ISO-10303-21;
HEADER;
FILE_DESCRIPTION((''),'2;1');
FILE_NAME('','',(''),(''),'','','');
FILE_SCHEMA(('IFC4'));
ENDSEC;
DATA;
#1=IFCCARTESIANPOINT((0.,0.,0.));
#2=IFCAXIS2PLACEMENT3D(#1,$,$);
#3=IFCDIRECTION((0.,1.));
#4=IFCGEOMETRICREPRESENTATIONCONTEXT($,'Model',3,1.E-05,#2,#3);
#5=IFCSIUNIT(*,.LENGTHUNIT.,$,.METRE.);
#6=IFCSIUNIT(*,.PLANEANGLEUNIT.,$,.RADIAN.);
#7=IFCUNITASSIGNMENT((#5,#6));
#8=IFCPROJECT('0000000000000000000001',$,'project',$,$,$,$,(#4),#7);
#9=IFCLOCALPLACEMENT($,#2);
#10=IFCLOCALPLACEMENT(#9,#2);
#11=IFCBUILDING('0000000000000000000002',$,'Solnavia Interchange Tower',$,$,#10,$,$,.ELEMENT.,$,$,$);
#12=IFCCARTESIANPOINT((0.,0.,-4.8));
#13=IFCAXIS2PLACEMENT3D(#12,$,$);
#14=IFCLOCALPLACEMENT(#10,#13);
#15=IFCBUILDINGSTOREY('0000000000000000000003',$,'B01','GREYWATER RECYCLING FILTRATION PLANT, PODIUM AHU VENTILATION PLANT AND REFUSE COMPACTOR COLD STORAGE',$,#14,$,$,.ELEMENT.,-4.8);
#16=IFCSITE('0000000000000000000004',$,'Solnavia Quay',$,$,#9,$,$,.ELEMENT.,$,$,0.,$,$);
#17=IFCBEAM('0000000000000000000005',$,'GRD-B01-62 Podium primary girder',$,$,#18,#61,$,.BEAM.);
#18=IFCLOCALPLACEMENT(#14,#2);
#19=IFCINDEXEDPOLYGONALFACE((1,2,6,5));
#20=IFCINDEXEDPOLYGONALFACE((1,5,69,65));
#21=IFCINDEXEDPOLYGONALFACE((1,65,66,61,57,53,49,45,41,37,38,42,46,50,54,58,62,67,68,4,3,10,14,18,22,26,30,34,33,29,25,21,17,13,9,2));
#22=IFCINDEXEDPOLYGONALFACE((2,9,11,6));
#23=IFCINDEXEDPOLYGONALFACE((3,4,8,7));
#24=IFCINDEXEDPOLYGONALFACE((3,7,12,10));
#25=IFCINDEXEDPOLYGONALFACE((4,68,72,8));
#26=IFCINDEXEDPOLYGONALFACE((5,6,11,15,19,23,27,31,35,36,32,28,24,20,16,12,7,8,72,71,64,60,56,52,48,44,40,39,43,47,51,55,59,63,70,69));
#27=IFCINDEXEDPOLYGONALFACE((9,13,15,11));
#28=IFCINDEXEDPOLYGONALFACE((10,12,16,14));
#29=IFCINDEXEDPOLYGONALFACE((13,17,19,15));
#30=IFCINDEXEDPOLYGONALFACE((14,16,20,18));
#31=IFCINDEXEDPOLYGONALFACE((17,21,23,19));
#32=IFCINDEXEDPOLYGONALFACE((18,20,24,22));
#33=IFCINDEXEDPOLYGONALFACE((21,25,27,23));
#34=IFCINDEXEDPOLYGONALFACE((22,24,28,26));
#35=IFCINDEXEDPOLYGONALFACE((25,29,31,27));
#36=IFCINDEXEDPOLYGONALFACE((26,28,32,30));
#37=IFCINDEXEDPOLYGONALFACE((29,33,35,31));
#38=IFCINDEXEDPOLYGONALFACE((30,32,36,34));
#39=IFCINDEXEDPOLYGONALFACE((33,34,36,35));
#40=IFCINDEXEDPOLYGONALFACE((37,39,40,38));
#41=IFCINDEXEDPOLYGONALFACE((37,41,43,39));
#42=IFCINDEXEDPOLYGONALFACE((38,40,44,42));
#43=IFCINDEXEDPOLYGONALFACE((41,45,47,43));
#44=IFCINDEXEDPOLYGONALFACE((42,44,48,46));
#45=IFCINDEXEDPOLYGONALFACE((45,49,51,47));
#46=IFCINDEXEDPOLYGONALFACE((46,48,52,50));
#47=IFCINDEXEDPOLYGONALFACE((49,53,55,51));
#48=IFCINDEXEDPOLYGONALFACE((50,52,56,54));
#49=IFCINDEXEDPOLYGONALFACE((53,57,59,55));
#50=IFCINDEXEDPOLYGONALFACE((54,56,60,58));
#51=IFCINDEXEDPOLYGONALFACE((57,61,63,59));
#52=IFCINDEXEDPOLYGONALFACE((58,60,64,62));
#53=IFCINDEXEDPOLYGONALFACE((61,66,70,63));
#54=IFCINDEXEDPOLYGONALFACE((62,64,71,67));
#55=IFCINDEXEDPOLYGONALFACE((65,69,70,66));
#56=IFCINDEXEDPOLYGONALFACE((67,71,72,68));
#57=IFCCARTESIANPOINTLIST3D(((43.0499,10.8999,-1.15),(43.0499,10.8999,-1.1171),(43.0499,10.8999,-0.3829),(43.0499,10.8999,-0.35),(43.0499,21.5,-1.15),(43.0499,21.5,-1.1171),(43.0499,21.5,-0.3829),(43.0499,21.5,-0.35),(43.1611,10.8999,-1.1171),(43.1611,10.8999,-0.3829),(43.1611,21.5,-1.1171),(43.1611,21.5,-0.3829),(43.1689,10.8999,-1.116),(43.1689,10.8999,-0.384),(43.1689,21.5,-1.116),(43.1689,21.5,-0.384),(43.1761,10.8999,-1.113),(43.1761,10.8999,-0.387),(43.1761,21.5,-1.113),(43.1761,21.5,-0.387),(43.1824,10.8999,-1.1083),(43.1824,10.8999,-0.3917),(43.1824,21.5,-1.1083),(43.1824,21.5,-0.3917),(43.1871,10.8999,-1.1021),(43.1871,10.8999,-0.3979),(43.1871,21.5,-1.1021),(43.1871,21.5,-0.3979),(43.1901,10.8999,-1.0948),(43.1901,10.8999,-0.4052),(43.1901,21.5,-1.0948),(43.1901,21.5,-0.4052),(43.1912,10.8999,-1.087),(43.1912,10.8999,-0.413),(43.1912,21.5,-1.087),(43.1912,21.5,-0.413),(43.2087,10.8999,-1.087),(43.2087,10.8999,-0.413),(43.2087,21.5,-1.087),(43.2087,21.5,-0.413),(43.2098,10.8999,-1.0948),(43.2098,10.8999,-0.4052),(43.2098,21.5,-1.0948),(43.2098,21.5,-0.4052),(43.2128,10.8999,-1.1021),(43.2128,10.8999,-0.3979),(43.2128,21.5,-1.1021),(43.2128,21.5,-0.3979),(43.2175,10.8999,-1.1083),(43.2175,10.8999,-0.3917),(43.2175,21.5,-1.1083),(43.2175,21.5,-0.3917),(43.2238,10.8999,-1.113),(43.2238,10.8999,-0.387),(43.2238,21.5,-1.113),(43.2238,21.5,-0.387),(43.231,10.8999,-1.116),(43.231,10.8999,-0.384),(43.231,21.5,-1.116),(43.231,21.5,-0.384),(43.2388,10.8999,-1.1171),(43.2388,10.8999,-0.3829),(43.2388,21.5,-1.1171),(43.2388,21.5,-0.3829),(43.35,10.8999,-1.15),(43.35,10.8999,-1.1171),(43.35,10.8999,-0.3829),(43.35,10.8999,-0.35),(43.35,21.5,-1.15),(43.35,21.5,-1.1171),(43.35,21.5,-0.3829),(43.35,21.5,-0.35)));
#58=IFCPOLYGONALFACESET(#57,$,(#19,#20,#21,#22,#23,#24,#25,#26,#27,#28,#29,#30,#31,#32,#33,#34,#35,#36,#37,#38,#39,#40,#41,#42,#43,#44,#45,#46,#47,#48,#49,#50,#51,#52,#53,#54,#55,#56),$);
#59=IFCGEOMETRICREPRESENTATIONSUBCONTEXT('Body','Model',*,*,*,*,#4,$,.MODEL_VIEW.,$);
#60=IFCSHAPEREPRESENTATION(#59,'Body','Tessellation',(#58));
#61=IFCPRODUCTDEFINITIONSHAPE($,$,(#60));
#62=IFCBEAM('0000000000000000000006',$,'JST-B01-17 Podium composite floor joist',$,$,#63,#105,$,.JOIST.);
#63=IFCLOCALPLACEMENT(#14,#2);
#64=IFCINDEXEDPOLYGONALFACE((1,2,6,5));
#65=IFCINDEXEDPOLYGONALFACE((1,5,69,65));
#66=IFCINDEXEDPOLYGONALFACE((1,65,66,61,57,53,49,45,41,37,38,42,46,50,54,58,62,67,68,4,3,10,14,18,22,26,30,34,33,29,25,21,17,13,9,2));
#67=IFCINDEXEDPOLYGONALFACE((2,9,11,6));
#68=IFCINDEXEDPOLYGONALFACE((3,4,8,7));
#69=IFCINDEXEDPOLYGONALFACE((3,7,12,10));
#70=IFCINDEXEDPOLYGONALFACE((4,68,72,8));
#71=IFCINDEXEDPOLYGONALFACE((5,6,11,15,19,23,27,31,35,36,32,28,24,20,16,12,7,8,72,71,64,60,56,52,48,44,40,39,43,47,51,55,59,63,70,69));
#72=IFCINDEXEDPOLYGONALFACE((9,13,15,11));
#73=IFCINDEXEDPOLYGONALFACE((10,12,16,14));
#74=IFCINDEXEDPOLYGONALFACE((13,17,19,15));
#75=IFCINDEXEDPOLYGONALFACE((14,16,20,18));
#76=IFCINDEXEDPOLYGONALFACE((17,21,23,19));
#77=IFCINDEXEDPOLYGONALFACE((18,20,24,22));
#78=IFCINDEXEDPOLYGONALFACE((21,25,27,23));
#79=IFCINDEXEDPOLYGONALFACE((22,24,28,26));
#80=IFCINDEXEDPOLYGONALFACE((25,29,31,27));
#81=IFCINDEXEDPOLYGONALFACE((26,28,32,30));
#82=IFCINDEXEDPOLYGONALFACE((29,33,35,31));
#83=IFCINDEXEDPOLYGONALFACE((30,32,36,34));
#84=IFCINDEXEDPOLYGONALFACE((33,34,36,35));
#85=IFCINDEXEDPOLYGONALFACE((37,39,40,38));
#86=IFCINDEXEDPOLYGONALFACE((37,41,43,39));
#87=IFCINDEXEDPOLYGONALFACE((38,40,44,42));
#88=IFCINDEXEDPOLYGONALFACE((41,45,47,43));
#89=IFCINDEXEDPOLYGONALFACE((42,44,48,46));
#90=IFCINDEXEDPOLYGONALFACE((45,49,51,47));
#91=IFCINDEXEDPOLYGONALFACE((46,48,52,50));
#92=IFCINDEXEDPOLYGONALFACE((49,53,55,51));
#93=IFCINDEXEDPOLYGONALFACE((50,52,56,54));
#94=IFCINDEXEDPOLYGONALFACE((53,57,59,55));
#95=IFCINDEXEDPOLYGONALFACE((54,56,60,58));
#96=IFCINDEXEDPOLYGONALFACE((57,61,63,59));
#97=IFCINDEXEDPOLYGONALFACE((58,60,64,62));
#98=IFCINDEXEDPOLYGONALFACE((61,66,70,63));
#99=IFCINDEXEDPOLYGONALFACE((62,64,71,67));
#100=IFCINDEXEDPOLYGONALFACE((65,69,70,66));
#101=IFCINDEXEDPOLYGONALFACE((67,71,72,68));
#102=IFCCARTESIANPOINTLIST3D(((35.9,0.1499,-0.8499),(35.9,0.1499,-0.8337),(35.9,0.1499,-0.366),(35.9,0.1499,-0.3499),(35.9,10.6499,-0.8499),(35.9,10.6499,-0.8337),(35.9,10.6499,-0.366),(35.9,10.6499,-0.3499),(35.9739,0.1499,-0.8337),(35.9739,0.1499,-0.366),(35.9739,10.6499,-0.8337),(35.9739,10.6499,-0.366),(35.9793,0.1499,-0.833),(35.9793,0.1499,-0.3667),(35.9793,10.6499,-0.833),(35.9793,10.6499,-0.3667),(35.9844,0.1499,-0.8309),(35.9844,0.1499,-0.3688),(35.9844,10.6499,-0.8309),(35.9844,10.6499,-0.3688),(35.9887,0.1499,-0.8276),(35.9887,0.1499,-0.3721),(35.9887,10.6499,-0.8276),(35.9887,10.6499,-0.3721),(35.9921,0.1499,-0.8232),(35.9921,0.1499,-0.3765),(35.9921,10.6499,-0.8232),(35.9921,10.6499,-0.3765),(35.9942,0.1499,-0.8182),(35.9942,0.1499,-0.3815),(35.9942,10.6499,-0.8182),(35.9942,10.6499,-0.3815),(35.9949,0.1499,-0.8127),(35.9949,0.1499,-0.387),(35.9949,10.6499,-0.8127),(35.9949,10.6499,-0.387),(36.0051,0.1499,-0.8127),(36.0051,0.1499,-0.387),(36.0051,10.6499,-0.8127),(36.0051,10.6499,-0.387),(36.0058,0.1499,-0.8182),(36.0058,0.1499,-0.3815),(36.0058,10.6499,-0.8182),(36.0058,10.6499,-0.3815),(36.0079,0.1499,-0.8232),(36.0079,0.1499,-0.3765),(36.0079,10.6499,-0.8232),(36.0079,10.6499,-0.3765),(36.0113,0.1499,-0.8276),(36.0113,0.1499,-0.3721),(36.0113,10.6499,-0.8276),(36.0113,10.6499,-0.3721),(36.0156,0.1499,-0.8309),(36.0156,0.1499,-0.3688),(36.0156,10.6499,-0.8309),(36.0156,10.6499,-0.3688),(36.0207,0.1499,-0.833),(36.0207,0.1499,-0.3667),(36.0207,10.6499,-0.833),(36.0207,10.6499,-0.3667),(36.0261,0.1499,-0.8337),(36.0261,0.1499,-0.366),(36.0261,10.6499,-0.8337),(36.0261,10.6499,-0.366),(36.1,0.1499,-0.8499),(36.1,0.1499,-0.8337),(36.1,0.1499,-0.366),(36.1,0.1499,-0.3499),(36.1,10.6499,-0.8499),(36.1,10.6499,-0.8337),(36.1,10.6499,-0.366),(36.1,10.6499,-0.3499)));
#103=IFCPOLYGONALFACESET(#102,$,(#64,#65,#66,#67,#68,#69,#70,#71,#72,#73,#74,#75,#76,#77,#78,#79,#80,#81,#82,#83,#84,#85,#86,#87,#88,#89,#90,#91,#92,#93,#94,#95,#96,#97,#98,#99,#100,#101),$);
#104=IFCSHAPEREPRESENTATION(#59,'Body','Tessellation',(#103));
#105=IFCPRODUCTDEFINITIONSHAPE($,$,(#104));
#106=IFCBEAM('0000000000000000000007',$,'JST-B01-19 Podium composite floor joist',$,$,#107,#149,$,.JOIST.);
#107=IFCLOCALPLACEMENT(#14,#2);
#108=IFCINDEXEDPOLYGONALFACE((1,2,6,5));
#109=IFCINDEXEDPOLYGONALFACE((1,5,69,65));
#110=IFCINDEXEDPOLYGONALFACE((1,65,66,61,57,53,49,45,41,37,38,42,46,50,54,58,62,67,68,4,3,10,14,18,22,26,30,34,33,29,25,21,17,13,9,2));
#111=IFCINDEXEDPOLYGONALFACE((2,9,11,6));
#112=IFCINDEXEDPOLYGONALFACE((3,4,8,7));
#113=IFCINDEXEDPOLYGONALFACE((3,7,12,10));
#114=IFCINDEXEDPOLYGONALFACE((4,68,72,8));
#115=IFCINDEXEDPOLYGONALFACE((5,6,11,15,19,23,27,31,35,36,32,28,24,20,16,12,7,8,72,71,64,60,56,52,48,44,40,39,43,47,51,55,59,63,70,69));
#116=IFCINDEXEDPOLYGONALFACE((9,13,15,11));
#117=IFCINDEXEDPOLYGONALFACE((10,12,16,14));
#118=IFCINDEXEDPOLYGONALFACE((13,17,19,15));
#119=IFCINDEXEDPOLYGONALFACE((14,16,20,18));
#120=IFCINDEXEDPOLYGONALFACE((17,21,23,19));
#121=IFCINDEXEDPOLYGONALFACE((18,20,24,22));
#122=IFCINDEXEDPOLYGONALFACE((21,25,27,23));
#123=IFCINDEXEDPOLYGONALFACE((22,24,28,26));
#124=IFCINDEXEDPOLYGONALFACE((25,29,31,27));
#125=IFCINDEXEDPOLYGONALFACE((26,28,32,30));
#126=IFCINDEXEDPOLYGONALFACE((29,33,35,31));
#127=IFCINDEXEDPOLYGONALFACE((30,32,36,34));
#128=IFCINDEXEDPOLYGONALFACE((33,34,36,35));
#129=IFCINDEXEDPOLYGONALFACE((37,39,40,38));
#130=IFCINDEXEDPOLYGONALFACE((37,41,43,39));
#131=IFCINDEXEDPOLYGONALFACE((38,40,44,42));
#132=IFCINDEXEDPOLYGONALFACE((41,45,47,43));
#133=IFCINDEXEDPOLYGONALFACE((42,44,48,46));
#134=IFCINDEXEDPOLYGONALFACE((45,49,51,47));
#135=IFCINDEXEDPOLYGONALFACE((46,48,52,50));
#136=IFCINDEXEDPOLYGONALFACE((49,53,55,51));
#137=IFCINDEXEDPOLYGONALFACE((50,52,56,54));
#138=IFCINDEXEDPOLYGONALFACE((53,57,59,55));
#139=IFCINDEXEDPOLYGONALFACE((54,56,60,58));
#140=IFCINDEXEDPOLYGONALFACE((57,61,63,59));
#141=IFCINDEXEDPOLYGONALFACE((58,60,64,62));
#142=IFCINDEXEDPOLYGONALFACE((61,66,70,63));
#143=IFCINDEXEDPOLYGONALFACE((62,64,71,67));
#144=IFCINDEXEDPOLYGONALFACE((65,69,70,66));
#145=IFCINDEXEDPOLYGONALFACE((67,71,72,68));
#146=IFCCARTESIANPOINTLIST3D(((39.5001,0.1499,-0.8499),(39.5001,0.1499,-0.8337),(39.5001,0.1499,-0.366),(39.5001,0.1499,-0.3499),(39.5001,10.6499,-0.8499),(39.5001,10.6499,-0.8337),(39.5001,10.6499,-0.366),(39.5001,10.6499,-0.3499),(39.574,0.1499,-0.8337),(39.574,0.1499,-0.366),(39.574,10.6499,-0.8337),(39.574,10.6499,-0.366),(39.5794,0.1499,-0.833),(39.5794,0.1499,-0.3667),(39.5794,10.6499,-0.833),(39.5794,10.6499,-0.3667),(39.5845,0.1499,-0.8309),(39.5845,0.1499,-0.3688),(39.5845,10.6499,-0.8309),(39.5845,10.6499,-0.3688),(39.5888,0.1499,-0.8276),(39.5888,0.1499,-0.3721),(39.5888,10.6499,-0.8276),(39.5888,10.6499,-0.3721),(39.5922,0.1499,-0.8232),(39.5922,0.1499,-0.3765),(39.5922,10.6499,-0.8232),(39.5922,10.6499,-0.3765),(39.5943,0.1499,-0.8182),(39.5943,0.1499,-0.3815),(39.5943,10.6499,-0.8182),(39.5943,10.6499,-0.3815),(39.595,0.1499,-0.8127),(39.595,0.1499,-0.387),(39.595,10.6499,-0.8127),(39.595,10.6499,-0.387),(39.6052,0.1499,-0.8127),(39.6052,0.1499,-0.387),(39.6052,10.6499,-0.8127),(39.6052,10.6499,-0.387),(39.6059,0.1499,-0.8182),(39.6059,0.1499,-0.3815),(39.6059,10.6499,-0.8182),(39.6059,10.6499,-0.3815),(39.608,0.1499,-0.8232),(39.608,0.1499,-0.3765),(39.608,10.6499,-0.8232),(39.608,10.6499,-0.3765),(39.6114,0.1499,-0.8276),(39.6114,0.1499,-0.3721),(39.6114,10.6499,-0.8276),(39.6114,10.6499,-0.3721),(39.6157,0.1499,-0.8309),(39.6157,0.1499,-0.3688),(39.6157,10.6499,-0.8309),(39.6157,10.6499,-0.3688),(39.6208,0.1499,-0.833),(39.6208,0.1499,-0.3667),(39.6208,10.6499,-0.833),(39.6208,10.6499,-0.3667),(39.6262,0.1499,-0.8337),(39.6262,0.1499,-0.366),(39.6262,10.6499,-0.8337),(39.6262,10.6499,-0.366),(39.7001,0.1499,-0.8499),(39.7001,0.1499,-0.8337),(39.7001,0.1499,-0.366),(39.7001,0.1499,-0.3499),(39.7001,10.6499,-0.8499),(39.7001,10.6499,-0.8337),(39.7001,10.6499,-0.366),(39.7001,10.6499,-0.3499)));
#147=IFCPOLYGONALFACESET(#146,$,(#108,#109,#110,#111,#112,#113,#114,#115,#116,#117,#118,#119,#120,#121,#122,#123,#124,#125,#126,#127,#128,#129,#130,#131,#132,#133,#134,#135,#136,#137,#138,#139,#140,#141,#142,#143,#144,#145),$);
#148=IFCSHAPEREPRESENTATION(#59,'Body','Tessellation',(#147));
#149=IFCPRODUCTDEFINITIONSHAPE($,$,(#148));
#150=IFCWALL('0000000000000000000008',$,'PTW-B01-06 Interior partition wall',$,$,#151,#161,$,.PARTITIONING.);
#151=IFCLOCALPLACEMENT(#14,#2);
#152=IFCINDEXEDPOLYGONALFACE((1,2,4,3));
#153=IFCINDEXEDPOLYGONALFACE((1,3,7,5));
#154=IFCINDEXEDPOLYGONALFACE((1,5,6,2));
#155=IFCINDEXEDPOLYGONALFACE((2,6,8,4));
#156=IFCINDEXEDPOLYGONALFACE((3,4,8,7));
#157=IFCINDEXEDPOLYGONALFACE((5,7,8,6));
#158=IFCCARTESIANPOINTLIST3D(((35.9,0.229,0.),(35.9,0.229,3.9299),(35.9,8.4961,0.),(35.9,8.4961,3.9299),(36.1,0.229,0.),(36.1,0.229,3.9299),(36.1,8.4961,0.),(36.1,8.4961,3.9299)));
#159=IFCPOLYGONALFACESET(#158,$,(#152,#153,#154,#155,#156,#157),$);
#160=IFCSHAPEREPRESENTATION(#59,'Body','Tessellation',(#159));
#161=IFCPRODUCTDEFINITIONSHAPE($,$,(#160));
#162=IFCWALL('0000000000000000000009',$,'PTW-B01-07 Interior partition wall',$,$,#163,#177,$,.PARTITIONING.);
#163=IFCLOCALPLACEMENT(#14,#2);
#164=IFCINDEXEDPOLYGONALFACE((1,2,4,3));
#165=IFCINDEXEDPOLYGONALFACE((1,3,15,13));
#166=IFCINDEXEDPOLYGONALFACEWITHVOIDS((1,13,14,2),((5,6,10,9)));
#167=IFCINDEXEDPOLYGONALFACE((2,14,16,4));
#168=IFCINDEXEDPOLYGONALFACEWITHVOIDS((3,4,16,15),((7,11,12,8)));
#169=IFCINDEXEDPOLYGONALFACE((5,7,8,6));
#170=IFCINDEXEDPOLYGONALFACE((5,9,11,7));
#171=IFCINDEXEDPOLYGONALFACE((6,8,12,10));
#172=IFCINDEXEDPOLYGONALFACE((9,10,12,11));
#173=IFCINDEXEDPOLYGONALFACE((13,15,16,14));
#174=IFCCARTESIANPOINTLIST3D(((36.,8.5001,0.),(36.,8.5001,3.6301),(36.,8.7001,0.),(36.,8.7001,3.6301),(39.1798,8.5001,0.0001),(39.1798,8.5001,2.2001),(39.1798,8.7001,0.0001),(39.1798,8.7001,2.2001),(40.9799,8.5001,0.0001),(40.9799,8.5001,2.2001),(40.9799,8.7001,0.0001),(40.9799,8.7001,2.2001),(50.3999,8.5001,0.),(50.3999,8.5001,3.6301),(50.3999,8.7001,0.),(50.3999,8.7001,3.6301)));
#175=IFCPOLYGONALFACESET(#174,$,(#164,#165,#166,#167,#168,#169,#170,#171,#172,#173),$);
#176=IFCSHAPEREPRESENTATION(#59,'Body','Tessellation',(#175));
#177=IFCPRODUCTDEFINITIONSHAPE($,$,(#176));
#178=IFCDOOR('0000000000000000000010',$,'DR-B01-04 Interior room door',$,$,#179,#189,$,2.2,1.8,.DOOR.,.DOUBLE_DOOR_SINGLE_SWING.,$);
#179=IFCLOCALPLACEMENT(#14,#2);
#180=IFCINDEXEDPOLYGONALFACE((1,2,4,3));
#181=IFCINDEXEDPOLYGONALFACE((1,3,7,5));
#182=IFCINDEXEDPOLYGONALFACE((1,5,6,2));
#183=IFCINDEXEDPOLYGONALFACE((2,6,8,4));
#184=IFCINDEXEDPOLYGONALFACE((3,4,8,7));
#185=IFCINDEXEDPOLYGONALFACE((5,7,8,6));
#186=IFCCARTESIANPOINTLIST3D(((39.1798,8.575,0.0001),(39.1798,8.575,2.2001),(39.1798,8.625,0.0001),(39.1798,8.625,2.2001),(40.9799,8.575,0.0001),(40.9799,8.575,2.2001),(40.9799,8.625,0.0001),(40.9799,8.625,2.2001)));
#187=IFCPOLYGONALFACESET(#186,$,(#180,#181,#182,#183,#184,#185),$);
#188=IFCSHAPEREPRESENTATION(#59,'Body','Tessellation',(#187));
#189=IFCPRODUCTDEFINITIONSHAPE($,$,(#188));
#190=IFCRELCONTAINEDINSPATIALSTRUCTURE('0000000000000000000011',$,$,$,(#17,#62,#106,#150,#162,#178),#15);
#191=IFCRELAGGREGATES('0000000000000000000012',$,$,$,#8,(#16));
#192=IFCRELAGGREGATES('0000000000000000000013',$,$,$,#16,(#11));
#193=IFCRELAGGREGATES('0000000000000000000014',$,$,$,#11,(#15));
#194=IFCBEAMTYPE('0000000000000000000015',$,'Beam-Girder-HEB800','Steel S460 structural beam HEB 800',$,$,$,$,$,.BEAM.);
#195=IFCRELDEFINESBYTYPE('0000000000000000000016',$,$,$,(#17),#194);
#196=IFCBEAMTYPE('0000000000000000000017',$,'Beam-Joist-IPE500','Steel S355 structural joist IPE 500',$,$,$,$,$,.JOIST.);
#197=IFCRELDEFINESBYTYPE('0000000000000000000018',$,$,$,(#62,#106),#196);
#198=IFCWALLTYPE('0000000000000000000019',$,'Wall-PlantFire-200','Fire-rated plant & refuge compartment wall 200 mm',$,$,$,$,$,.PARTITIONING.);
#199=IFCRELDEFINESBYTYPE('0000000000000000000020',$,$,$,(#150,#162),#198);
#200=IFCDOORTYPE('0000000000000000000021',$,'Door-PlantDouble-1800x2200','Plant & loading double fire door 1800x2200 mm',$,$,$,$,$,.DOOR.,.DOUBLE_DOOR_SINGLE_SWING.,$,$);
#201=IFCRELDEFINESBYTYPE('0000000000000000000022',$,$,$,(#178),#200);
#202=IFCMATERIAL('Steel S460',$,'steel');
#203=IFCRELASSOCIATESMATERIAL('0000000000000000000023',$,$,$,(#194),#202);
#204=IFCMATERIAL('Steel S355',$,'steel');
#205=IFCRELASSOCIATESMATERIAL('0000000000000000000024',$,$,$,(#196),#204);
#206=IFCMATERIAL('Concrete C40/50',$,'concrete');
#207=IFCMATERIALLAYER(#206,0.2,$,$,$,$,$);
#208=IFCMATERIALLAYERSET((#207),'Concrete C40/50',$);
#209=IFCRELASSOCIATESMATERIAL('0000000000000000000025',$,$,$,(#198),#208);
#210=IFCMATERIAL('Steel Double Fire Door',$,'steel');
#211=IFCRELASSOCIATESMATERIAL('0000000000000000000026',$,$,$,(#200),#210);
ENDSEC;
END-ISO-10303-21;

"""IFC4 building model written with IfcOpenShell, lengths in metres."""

from ifc_helpers import new_model, si_unit, direction, frame, frame_2d, origin, origin_2d, place, context, subcontext, project, spatial, rectangle, i_section, extrude, material, layer, layer_set, material_profile, profile_set, type_object, element, fill, save


model = new_model("IFC4")

# Units and contexts
model_context = context("Model", 3, precision=1e-05, world=origin(), true_north=direction((0.0, 1.0)))
body_context = subcontext(model_context, "Body", "Model", "MODEL_VIEW")
ifc_project = project(units=[si_unit("LENGTHUNIT", "METRE"), si_unit("PLANEANGLEUNIT", "RADIAN")], contexts=[model_context])

# Site, building, storey
site_placement = place(None, origin())
site = spatial("IfcSite", under=ifc_project, at=site_placement, Name="Solnavia Quay", CompositionType="ELEMENT", RefElevation=0.0)
building_placement = place(site_placement, origin())
building = spatial("IfcBuilding", under=site, at=building_placement, Name="Solnavia Interchange Tower", CompositionType="ELEMENT")
storey_placement = place(building_placement, frame((0.0, 0.0, -4.8)))
storey = spatial("IfcBuildingStorey", under=building, at=storey_placement, Name="B01", Description="GREYWATER RECYCLING FILTRATION PLANT, PODIUM AHU VENTILATION PLANT AND REFUSE COMPACTOR COLD STORAGE", CompositionType="ELEMENT", Elevation=-4.8)

# Beams
ifc_material_1 = material(Name="Steel S460", Category="steel")
ifc_material_profile_1 = material_profile(ifc_material_1, i_section(OverallWidth=0.3, OverallDepth=0.8, WebThickness=0.0176, FlangeThickness=0.033, FilletRadius=0.03, at=origin_2d()), Name="HEB 800")
ifc_profile_set_1 = profile_set([ifc_material_profile_1], Name="Steel S460")
beam_type_1 = type_object("IfcBeamType", Name="Beam-Girder-HEB800", Description="Steel S460 structural beam HEB 800", PredefinedType="BEAM", material=ifc_profile_set_1)
beam_1_placement = place(storey_placement, frame((43.2, 10.8999, -0.75), z_axis=(0.0, 1.0, 0.0), x_axis=(-1.0, 0.0, 0.0)))
element("IfcBeam", 1, at=beam_1_placement, inside=storey, type_object=beam_type_1, Name="GRD-B01-62 Podium primary girder", PredefinedType="BEAM", context=body_context, shape_type="SweptSolid", body=[
    extrude(i_section(OverallWidth=0.3, OverallDepth=0.8, WebThickness=0.0176, FlangeThickness=0.033, FilletRadius=0.03, at=origin_2d()), origin(), (0.0, 0.0, 1.0), 10.6001),
])
ifc_material_2 = material(Name="Steel S355", Category="steel")
ifc_material_profile_2 = material_profile(ifc_material_2, i_section(OverallWidth=0.2, OverallDepth=0.5, WebThickness=0.0103, FlangeThickness=0.0161, FilletRadius=0.021, at=origin_2d()), Name="IPE 500")
ifc_profile_set_2 = profile_set([ifc_material_profile_2], Name="Steel S355")
beam_type_2 = type_object("IfcBeamType", Name="Beam-Joist-IPE500", Description="Steel S355 structural joist IPE 500", PredefinedType="JOIST", material=ifc_profile_set_2)
for number, where, z_axis, x_axis, name in (
    (2, (36.0, 0.1499, -0.5999), (0.0, 1.0, 0.0), (-1.0, 0.0, 0.0), "JST-B01-17 Podium composite floor joist"),
    (3, (39.6001, 0.1499, -0.5999), (0.0, 1.0, 0.0), (-1.0, 0.0, 0.0), "JST-B01-19 Podium composite floor joist"),
):
    element("IfcBeam", number, at=place(storey_placement, frame(where, z_axis=z_axis, x_axis=x_axis)), inside=storey, type_object=beam_type_2, Name=name, PredefinedType="JOIST", context=body_context, shape_type="SweptSolid", body=[
        extrude(i_section(OverallWidth=0.2, OverallDepth=0.5, WebThickness=0.0103, FlangeThickness=0.0161, FilletRadius=0.021, at=origin_2d()), origin(), (0.0, 0.0, 1.0), 10.5),
    ])

# Wall
ifc_material_3 = material(Name="Concrete C40/50", Category="concrete")
ifc_layer_1 = layer(ifc_material_3, 0.2)
ifc_layer_set_1 = layer_set([ifc_layer_1], Name="Concrete C40/50")
wall_type_1 = type_object("IfcWallType", Name="Wall-PlantFire-200", Description="Fire-rated plant & refuge compartment wall 200 mm", PredefinedType="PARTITIONING", material=ifc_layer_set_1)
wall_1_placement = place(storey_placement, frame((36.0, 0.229, 0.0), z_axis=(0.0, 0.0, 1.0), x_axis=(0.0, 1.0, 0.0)))
element("IfcWall", 4, at=wall_1_placement, inside=storey, type_object=wall_type_1, Name="PTW-B01-06 Interior partition wall", PredefinedType="PARTITIONING", context=body_context, shape_type="SweptSolid", body=[
    extrude(rectangle(XDim=8.2671, YDim=0.2, at=frame_2d((4.1335, 0.0))), origin(), (0.0, 0.0, 1.0), 3.9299),
])

# Wall, opening, door
wall_2_placement = place(storey_placement, frame((36.0, 8.6001, 0.0), z_axis=(0.0, 0.0, 1.0), x_axis=(1.0, 0.0, 0.0)))
wall_2 = element("IfcWall", 5, at=wall_2_placement, inside=storey, type_object=wall_type_1, Name="PTW-B01-07 Interior partition wall", PredefinedType="PARTITIONING", context=body_context, shape_type="SweptSolid", body=[
    extrude(rectangle(XDim=14.3999, YDim=0.2, at=frame_2d((7.2, 0.0))), origin(), (0.0, 0.0, 1.0), 3.6301),
])
opening_1_placement = place(wall_2_placement, frame((3.1799, 0.0, 0.0)))
opening_1 = element("IfcOpeningElement", 6, at=opening_1_placement, cuts=wall_2, PredefinedType="OPENING", context=body_context, shape_type="SweptSolid", body=[
    extrude(rectangle(XDim=1.8, YDim=2.2, at=frame_2d((0.8999, 1.1001))), frame((0.0, 0.1099, 0.0), z_axis=(0.0, -1.0, 0.0), x_axis=(1.0, 0.0, 0.0)), (0.0, 0.0, 1.0), 0.22),
])
ifc_material_4 = material(Name="Steel Double Fire Door", Category="steel")
door_type_1 = type_object("IfcDoorType", Name="Door-PlantDouble-1800x2200", Description="Plant & loading double fire door 1800x2200 mm", OperationType="DOUBLE_DOOR_SINGLE_SWING", PredefinedType="DOOR", material=ifc_material_4)
door_1_placement = place(opening_1_placement, origin())
door_1 = element("IfcDoor", 7, at=door_1_placement, inside=storey, type_object=door_type_1, Name="DR-B01-04 Interior room door", OperationType="DOUBLE_DOOR_SINGLE_SWING", OverallHeight=2.2, OverallWidth=1.8, PredefinedType="DOOR", context=body_context, shape_type="SweptSolid", body=[
    extrude(rectangle(XDim=1.8, YDim=2.2, at=frame_2d((0.8999, 1.1001))), frame((0.0, 0.0249, 0.0), z_axis=(0.0, -1.0, 0.0), x_axis=(1.0, 0.0, 0.0)), (0.0, 0.0, 1.0), 0.05),
])
fill(opening_1, door_1)

save(model, "model.ifc")
